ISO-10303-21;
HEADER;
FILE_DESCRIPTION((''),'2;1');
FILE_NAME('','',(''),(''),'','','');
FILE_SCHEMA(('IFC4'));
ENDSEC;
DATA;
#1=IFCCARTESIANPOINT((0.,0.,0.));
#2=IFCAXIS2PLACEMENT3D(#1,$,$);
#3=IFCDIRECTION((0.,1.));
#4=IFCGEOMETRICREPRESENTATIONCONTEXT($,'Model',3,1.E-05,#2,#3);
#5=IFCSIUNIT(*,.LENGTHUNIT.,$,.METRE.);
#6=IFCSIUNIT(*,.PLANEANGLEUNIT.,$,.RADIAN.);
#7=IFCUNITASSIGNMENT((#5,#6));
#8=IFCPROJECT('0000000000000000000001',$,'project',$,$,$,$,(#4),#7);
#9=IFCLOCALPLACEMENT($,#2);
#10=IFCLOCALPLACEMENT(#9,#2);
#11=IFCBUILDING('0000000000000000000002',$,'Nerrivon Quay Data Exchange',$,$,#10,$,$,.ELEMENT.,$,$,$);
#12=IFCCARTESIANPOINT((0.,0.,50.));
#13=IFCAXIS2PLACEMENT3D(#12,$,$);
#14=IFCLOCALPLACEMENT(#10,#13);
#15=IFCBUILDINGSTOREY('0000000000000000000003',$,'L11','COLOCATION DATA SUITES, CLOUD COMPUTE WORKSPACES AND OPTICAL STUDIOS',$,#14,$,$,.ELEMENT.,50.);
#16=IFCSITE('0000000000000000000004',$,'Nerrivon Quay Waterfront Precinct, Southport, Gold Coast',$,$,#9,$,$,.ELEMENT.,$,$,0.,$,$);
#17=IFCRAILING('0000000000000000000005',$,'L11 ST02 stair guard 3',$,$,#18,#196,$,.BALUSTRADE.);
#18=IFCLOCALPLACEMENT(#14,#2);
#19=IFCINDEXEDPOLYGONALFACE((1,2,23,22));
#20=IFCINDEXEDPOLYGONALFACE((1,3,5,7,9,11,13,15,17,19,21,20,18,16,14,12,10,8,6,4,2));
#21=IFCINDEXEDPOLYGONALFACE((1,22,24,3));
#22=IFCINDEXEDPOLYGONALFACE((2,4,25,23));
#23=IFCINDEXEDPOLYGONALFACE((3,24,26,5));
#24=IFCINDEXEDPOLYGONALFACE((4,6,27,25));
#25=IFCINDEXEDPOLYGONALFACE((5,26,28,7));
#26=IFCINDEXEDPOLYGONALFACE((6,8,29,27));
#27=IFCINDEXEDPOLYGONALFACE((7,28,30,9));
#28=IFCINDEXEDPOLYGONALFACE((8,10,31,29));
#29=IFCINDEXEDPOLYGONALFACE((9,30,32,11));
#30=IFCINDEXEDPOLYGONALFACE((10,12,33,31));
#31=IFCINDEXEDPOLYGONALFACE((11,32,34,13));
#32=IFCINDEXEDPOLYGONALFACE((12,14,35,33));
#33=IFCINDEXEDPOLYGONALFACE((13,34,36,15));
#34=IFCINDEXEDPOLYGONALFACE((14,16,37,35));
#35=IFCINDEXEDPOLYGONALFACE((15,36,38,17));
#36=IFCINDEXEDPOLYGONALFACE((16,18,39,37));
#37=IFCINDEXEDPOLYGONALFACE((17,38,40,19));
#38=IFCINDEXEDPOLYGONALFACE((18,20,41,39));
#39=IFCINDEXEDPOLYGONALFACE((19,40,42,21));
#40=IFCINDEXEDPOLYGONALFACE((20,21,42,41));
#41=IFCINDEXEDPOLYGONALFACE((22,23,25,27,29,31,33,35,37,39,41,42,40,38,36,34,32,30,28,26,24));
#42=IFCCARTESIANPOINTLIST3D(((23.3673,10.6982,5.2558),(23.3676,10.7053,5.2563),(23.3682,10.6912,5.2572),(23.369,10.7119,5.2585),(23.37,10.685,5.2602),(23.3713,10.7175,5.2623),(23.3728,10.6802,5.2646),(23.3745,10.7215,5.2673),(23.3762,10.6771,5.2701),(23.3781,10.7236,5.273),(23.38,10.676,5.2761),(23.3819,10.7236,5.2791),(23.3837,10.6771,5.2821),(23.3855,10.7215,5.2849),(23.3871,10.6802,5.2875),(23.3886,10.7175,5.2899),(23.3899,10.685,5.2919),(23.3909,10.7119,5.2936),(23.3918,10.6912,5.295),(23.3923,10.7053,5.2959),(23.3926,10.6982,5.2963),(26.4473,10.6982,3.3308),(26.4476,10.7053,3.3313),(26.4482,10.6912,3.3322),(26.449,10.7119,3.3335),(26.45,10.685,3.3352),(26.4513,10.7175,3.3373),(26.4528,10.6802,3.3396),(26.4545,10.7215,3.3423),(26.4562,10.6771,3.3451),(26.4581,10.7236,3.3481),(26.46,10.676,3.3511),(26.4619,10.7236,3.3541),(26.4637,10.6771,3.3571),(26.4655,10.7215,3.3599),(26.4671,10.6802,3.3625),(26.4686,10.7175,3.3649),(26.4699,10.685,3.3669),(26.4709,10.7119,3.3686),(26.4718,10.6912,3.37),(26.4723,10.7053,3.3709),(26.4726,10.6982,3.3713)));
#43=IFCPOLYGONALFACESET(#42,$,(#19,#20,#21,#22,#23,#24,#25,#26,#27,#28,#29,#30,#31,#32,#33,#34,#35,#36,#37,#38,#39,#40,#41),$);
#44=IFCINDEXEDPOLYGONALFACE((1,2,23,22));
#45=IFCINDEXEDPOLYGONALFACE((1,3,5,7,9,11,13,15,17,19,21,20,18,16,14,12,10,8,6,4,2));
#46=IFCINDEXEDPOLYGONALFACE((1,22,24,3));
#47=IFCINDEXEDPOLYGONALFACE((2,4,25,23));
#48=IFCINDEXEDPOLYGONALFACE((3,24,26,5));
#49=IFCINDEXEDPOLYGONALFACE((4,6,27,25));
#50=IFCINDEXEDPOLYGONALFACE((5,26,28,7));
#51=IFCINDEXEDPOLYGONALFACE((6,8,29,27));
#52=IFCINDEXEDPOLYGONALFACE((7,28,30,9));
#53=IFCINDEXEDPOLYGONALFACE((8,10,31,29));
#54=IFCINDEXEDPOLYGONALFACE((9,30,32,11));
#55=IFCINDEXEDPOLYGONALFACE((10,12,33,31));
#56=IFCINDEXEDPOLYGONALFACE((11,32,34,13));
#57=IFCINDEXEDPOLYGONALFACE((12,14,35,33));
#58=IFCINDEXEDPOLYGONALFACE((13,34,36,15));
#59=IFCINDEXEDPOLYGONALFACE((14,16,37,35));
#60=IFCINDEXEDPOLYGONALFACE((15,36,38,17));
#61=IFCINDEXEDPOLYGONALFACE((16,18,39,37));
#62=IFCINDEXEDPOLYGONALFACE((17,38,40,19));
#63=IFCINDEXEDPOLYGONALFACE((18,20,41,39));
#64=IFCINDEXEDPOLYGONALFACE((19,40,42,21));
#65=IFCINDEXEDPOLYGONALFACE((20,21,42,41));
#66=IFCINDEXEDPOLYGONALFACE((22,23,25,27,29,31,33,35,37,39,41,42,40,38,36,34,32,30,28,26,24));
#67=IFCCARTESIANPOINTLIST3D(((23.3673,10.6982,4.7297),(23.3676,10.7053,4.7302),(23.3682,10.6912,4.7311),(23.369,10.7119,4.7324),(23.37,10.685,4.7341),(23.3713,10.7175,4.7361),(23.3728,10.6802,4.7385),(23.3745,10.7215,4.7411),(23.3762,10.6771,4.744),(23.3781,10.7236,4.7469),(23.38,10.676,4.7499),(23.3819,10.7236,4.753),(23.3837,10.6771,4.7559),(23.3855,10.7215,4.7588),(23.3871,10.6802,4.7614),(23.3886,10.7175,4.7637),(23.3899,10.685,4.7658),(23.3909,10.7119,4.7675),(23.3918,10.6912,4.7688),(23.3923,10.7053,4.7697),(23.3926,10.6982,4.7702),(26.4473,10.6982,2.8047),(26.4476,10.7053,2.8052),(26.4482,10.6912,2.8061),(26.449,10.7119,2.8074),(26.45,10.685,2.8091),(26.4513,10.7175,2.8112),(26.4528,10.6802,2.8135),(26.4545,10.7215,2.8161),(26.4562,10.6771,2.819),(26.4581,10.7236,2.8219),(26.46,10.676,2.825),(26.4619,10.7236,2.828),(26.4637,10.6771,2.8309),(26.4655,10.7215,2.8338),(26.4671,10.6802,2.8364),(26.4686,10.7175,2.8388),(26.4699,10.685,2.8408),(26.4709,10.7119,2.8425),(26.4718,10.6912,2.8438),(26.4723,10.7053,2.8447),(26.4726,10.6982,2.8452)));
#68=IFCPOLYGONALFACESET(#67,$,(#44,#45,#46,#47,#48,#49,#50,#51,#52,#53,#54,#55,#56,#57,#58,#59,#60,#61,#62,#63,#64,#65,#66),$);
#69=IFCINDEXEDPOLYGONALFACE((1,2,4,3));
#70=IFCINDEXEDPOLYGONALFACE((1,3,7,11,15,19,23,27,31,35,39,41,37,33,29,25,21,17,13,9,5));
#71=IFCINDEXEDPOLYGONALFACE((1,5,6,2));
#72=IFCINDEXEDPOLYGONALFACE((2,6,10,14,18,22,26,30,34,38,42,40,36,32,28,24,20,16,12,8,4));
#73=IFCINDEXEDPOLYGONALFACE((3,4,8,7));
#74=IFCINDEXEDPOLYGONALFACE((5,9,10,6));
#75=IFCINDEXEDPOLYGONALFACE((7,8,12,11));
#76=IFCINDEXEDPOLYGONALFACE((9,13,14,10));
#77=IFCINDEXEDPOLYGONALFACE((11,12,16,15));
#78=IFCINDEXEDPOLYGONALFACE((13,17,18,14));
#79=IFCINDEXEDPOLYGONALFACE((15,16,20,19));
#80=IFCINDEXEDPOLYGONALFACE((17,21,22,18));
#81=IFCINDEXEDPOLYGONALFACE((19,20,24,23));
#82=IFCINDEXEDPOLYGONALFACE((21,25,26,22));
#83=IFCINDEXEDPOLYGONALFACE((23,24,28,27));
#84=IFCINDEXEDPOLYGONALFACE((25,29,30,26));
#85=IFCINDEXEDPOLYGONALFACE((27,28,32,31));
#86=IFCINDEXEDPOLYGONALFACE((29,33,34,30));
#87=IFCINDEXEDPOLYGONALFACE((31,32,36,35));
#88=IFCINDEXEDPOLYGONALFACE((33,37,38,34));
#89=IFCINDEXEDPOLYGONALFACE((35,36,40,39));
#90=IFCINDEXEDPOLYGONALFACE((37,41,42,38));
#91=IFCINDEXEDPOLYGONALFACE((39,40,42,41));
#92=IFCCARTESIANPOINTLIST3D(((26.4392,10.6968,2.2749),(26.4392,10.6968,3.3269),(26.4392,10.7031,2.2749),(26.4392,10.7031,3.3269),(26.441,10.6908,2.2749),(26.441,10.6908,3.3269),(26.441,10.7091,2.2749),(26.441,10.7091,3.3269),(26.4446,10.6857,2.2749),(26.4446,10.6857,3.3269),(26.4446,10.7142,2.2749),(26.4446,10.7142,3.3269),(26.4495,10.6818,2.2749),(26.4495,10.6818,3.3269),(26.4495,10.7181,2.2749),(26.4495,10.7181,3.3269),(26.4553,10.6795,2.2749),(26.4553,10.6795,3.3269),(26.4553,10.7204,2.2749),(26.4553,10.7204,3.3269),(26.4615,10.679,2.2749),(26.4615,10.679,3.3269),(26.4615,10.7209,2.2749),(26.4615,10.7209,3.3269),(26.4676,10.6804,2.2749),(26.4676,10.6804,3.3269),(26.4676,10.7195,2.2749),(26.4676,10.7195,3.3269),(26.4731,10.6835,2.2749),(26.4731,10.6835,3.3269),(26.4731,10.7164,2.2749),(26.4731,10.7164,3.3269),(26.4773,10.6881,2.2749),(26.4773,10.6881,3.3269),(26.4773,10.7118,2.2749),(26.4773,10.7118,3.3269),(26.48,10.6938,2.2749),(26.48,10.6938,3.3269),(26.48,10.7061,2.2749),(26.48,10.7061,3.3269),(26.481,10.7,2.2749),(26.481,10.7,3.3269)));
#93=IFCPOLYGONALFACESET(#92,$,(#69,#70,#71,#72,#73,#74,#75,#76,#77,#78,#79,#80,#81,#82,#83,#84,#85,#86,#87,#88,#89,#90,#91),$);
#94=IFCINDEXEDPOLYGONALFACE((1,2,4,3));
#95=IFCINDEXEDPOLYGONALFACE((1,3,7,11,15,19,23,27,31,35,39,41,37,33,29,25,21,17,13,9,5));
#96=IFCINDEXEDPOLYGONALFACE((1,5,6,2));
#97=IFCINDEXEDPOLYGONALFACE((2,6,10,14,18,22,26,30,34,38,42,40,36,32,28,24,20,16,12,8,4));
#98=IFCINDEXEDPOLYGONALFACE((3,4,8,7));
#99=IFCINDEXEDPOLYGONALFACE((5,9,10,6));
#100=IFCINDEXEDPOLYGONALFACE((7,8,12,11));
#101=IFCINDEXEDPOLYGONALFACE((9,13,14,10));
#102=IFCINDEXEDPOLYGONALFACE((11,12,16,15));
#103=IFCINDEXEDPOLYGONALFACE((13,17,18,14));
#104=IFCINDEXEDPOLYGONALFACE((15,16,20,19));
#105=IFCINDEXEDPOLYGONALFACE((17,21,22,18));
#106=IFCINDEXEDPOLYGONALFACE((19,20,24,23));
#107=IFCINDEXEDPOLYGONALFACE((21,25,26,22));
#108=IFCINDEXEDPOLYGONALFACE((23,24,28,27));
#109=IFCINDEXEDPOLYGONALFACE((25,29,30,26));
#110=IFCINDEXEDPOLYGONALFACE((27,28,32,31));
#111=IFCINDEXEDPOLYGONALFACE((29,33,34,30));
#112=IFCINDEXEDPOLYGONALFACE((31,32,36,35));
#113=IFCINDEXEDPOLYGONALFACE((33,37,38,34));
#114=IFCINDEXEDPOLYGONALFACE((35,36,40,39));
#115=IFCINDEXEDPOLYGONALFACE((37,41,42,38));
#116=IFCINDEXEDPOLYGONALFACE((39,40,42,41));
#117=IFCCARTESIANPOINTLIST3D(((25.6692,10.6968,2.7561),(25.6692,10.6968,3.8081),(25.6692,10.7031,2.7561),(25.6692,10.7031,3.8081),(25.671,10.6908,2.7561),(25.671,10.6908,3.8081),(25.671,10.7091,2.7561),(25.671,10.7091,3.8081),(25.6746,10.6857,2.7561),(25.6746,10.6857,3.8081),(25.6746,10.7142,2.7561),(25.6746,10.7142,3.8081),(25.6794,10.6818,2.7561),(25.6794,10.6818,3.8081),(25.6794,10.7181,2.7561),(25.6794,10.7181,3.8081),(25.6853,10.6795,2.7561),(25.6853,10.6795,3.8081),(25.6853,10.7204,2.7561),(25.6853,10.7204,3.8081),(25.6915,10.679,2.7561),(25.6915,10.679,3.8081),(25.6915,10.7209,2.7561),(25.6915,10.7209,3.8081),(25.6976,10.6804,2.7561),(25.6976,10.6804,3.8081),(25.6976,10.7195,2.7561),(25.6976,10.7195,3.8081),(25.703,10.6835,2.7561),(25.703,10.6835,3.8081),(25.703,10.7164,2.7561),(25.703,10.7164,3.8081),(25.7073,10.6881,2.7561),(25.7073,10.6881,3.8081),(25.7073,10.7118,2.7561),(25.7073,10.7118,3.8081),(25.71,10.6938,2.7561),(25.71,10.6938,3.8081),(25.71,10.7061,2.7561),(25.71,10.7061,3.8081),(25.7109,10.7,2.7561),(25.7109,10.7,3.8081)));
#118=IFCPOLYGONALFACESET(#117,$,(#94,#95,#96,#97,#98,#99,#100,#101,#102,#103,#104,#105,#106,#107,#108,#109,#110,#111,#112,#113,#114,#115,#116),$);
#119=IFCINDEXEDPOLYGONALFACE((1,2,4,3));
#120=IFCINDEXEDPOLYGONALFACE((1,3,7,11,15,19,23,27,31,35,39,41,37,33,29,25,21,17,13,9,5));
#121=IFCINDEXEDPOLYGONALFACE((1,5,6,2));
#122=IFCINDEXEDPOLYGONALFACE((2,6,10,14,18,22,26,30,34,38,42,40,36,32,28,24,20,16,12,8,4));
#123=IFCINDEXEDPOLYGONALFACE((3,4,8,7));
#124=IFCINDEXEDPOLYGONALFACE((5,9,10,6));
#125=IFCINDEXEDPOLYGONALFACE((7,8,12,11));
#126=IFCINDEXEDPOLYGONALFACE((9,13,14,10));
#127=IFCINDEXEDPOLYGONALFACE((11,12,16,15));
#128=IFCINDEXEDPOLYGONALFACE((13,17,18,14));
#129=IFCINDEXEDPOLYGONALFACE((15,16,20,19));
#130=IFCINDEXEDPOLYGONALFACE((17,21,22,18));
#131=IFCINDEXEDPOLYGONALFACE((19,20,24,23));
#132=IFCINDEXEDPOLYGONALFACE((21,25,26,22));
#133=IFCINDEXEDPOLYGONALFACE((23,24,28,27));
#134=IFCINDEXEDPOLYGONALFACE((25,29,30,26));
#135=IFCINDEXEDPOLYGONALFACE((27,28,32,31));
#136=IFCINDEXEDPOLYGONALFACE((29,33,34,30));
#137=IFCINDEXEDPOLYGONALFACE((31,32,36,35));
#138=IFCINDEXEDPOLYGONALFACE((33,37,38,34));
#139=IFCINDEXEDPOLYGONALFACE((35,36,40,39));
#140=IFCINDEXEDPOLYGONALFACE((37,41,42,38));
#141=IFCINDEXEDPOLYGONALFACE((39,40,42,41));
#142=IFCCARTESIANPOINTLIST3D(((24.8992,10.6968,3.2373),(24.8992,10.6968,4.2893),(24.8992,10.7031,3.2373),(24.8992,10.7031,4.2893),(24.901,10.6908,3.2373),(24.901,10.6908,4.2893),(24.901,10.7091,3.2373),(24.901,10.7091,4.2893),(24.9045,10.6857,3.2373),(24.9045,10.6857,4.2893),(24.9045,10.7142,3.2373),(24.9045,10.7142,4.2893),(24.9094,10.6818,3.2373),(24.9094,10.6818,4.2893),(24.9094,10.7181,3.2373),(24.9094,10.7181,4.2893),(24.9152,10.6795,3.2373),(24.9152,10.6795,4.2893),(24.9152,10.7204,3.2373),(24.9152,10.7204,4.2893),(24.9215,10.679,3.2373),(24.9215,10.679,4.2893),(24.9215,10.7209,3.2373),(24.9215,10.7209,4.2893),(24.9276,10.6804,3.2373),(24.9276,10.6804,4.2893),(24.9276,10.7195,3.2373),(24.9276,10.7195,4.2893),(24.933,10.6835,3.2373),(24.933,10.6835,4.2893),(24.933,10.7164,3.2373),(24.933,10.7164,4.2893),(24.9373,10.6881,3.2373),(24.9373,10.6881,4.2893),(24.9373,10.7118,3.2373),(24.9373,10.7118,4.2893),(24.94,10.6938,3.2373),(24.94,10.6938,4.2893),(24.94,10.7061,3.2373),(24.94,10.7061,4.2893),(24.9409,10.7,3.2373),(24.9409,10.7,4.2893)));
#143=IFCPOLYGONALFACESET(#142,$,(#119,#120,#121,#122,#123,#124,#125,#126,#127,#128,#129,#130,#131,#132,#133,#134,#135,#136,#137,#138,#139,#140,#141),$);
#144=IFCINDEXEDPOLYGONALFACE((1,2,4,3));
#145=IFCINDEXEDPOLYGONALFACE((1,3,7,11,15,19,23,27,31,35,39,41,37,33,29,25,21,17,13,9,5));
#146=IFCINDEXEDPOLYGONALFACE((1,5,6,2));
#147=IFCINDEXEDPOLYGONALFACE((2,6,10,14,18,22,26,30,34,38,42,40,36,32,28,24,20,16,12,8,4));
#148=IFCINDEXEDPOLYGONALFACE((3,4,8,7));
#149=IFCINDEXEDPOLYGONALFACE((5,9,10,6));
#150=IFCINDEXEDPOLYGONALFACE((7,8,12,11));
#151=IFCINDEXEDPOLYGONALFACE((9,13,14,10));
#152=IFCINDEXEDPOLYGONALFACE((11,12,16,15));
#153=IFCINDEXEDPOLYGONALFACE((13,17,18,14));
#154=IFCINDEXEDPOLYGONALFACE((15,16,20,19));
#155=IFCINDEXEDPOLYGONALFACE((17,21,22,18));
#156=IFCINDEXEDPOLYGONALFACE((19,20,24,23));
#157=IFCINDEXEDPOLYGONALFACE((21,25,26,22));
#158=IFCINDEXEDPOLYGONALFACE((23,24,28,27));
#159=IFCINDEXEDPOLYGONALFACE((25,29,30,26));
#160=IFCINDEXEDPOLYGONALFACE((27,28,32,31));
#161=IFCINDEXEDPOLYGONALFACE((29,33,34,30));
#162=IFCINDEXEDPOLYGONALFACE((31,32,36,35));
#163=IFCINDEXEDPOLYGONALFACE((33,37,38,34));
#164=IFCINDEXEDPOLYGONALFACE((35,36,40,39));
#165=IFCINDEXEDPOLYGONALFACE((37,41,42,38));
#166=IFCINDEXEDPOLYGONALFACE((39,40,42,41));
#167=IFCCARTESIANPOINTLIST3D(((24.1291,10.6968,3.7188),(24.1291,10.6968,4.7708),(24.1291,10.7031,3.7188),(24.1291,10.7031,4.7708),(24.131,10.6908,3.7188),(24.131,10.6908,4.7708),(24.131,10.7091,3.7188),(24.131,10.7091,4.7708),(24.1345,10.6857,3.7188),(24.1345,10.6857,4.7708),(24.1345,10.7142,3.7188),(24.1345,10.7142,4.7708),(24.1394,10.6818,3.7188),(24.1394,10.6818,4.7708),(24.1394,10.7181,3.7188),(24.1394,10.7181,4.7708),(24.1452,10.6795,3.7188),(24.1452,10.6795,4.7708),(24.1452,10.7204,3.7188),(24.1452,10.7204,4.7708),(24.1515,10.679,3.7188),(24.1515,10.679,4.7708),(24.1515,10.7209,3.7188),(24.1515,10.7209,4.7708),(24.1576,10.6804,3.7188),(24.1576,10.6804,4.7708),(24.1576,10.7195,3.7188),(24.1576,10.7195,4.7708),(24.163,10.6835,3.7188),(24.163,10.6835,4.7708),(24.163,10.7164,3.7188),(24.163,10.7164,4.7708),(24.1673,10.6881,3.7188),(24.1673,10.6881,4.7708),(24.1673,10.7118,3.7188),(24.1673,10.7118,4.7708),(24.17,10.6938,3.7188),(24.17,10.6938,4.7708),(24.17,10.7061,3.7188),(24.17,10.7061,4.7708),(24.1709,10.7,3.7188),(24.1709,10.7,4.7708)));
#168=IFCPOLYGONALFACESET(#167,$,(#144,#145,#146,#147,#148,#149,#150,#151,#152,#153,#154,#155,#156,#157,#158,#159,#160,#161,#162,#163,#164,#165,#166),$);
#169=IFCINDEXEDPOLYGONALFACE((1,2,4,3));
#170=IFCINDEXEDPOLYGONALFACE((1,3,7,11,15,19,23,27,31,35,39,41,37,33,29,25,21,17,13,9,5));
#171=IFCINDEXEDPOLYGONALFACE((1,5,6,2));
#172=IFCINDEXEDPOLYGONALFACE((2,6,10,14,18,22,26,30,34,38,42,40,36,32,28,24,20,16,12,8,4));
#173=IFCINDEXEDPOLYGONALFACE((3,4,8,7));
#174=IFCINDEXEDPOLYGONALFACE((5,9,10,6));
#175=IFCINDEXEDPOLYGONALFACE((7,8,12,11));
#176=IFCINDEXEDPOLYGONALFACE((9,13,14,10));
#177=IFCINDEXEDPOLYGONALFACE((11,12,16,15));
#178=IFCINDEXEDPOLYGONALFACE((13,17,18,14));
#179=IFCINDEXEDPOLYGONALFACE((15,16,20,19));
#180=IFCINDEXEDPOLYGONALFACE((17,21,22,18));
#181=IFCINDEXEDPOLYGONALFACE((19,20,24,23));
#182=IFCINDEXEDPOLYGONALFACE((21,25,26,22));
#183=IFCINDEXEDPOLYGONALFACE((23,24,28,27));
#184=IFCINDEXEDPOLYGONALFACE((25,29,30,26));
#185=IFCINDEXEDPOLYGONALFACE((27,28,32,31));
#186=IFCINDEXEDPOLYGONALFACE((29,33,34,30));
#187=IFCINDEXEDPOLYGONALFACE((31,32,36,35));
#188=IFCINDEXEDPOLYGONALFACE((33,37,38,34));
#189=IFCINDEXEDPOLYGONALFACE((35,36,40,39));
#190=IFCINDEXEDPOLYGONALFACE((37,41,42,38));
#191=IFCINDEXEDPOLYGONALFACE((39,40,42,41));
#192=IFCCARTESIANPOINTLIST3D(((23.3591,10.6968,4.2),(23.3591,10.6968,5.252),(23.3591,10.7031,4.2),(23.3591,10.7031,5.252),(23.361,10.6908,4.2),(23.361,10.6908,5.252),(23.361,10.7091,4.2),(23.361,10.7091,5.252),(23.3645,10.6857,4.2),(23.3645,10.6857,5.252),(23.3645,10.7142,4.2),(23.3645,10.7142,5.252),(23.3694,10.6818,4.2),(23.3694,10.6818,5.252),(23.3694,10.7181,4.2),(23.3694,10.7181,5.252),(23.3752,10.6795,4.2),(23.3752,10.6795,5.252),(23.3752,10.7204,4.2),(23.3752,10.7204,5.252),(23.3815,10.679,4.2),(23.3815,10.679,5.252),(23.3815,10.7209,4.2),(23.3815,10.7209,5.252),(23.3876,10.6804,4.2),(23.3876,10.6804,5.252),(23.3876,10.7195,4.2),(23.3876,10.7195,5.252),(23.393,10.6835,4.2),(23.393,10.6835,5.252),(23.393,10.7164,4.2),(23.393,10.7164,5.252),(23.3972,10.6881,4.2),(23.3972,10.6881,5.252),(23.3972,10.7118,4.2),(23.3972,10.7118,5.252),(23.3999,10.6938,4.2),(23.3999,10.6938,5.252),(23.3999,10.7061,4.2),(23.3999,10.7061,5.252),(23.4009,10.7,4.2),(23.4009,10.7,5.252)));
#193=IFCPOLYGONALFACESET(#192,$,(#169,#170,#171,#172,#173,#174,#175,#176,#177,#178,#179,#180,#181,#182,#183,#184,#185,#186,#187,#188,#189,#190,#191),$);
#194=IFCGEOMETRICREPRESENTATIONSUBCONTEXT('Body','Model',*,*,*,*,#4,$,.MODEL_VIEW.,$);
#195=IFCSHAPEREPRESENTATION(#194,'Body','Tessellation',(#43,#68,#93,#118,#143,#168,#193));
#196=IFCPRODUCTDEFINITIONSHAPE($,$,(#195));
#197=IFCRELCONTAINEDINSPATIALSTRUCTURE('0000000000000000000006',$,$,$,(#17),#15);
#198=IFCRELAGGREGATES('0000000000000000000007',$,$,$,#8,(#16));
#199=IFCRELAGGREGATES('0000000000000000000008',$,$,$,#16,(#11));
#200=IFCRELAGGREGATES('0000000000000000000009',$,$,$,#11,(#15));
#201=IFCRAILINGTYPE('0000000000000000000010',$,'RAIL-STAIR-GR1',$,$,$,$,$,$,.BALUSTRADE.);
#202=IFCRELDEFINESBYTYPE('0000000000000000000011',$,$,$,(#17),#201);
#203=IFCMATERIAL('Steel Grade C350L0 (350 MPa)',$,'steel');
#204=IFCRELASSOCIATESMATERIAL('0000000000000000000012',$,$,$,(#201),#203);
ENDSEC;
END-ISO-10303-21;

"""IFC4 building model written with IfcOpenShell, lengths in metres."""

from ifc_helpers import new_model, si_unit, direction, frame, origin, origin_2d, place, context, subcontext, project, spatial, circle, extrude, material, type_object, element, save


model = new_model("IFC4")

# Units and contexts
model_context = context("Model", 3, precision=1e-05, world=origin(), true_north=direction((0.0, 1.0)))
body_context = subcontext(model_context, "Body", "Model", "MODEL_VIEW")
ifc_project = project(units=[si_unit("LENGTHUNIT", "METRE"), si_unit("PLANEANGLEUNIT", "RADIAN")], contexts=[model_context])

# Site, building, storey
site_placement = place(None, origin())
site = spatial("IfcSite", under=ifc_project, at=site_placement, Name="Nerrivon Quay Waterfront Precinct, Southport, Gold Coast", CompositionType="ELEMENT", RefElevation=0.0)
building_placement = place(site_placement, origin())
building = spatial("IfcBuilding", under=site, at=building_placement, Name="Nerrivon Quay Data Exchange", CompositionType="ELEMENT")
storey_placement = place(building_placement, frame((0.0, 0.0, 50.0)))
storey = spatial("IfcBuildingStorey", under=building, at=storey_placement, Name="L11", Description="COLOCATION DATA SUITES, CLOUD COMPUTE WORKSPACES AND OPTICAL STUDIOS", CompositionType="ELEMENT", Elevation=50.0)

# Railing
ifc_material_1 = material(Name="Steel Grade C350L0 (350 MPa)", Category="steel")
railing_type_1 = type_object("IfcRailingType", Name="RAIL-STAIR-GR1", PredefinedType="BALUSTRADE", material=ifc_material_1)
railing_1_placement = place(storey_placement, frame((26.46, 10.7, 2.2749)))
element("IfcRailing", 1, at=railing_1_placement, inside=storey, type_object=railing_type_1, Name="L11 ST02 stair guard 3", PredefinedType="BALUSTRADE", context=body_context, shape_type="SweptSolid", body=[
    extrude(circle(Radius=0.0239, at=origin_2d()), frame((0.0, 0.0, 1.0762), z_axis=(-0.847998, 0.0, 0.529999), x_axis=(0.0, -1.0, 0.0)), (0.0, 0.0, 1.0), 3.6321),
    extrude(circle(Radius=0.0239, at=origin_2d()), frame((0.0, 0.0, 0.55), z_axis=(-0.847998, 0.0, 0.529999), x_axis=(0.0, -1.0, 0.0)), (0.0, 0.0, 1.0), 3.6321),
    extrude(circle(Radius=0.021, at=origin_2d()), origin(), (0.0, 0.0, 1.0), 1.052),
    extrude(circle(Radius=0.021, at=origin_2d()), frame((-0.77, 0.0, 0.4812)), (0.0, 0.0, 1.0), 1.052),
    extrude(circle(Radius=0.021, at=origin_2d()), frame((-1.54, 0.0, 0.9624)), (0.0, 0.0, 1.0), 1.052),
    extrude(circle(Radius=0.021, at=origin_2d()), frame((-2.3101, 0.0, 1.4438)), (0.0, 0.0, 1.0), 1.052),
    extrude(circle(Radius=0.021, at=origin_2d()), frame((-3.0801, 0.0, 1.925)), (0.0, 0.0, 1.0), 1.052),
])

save(model, "model.ifc")
